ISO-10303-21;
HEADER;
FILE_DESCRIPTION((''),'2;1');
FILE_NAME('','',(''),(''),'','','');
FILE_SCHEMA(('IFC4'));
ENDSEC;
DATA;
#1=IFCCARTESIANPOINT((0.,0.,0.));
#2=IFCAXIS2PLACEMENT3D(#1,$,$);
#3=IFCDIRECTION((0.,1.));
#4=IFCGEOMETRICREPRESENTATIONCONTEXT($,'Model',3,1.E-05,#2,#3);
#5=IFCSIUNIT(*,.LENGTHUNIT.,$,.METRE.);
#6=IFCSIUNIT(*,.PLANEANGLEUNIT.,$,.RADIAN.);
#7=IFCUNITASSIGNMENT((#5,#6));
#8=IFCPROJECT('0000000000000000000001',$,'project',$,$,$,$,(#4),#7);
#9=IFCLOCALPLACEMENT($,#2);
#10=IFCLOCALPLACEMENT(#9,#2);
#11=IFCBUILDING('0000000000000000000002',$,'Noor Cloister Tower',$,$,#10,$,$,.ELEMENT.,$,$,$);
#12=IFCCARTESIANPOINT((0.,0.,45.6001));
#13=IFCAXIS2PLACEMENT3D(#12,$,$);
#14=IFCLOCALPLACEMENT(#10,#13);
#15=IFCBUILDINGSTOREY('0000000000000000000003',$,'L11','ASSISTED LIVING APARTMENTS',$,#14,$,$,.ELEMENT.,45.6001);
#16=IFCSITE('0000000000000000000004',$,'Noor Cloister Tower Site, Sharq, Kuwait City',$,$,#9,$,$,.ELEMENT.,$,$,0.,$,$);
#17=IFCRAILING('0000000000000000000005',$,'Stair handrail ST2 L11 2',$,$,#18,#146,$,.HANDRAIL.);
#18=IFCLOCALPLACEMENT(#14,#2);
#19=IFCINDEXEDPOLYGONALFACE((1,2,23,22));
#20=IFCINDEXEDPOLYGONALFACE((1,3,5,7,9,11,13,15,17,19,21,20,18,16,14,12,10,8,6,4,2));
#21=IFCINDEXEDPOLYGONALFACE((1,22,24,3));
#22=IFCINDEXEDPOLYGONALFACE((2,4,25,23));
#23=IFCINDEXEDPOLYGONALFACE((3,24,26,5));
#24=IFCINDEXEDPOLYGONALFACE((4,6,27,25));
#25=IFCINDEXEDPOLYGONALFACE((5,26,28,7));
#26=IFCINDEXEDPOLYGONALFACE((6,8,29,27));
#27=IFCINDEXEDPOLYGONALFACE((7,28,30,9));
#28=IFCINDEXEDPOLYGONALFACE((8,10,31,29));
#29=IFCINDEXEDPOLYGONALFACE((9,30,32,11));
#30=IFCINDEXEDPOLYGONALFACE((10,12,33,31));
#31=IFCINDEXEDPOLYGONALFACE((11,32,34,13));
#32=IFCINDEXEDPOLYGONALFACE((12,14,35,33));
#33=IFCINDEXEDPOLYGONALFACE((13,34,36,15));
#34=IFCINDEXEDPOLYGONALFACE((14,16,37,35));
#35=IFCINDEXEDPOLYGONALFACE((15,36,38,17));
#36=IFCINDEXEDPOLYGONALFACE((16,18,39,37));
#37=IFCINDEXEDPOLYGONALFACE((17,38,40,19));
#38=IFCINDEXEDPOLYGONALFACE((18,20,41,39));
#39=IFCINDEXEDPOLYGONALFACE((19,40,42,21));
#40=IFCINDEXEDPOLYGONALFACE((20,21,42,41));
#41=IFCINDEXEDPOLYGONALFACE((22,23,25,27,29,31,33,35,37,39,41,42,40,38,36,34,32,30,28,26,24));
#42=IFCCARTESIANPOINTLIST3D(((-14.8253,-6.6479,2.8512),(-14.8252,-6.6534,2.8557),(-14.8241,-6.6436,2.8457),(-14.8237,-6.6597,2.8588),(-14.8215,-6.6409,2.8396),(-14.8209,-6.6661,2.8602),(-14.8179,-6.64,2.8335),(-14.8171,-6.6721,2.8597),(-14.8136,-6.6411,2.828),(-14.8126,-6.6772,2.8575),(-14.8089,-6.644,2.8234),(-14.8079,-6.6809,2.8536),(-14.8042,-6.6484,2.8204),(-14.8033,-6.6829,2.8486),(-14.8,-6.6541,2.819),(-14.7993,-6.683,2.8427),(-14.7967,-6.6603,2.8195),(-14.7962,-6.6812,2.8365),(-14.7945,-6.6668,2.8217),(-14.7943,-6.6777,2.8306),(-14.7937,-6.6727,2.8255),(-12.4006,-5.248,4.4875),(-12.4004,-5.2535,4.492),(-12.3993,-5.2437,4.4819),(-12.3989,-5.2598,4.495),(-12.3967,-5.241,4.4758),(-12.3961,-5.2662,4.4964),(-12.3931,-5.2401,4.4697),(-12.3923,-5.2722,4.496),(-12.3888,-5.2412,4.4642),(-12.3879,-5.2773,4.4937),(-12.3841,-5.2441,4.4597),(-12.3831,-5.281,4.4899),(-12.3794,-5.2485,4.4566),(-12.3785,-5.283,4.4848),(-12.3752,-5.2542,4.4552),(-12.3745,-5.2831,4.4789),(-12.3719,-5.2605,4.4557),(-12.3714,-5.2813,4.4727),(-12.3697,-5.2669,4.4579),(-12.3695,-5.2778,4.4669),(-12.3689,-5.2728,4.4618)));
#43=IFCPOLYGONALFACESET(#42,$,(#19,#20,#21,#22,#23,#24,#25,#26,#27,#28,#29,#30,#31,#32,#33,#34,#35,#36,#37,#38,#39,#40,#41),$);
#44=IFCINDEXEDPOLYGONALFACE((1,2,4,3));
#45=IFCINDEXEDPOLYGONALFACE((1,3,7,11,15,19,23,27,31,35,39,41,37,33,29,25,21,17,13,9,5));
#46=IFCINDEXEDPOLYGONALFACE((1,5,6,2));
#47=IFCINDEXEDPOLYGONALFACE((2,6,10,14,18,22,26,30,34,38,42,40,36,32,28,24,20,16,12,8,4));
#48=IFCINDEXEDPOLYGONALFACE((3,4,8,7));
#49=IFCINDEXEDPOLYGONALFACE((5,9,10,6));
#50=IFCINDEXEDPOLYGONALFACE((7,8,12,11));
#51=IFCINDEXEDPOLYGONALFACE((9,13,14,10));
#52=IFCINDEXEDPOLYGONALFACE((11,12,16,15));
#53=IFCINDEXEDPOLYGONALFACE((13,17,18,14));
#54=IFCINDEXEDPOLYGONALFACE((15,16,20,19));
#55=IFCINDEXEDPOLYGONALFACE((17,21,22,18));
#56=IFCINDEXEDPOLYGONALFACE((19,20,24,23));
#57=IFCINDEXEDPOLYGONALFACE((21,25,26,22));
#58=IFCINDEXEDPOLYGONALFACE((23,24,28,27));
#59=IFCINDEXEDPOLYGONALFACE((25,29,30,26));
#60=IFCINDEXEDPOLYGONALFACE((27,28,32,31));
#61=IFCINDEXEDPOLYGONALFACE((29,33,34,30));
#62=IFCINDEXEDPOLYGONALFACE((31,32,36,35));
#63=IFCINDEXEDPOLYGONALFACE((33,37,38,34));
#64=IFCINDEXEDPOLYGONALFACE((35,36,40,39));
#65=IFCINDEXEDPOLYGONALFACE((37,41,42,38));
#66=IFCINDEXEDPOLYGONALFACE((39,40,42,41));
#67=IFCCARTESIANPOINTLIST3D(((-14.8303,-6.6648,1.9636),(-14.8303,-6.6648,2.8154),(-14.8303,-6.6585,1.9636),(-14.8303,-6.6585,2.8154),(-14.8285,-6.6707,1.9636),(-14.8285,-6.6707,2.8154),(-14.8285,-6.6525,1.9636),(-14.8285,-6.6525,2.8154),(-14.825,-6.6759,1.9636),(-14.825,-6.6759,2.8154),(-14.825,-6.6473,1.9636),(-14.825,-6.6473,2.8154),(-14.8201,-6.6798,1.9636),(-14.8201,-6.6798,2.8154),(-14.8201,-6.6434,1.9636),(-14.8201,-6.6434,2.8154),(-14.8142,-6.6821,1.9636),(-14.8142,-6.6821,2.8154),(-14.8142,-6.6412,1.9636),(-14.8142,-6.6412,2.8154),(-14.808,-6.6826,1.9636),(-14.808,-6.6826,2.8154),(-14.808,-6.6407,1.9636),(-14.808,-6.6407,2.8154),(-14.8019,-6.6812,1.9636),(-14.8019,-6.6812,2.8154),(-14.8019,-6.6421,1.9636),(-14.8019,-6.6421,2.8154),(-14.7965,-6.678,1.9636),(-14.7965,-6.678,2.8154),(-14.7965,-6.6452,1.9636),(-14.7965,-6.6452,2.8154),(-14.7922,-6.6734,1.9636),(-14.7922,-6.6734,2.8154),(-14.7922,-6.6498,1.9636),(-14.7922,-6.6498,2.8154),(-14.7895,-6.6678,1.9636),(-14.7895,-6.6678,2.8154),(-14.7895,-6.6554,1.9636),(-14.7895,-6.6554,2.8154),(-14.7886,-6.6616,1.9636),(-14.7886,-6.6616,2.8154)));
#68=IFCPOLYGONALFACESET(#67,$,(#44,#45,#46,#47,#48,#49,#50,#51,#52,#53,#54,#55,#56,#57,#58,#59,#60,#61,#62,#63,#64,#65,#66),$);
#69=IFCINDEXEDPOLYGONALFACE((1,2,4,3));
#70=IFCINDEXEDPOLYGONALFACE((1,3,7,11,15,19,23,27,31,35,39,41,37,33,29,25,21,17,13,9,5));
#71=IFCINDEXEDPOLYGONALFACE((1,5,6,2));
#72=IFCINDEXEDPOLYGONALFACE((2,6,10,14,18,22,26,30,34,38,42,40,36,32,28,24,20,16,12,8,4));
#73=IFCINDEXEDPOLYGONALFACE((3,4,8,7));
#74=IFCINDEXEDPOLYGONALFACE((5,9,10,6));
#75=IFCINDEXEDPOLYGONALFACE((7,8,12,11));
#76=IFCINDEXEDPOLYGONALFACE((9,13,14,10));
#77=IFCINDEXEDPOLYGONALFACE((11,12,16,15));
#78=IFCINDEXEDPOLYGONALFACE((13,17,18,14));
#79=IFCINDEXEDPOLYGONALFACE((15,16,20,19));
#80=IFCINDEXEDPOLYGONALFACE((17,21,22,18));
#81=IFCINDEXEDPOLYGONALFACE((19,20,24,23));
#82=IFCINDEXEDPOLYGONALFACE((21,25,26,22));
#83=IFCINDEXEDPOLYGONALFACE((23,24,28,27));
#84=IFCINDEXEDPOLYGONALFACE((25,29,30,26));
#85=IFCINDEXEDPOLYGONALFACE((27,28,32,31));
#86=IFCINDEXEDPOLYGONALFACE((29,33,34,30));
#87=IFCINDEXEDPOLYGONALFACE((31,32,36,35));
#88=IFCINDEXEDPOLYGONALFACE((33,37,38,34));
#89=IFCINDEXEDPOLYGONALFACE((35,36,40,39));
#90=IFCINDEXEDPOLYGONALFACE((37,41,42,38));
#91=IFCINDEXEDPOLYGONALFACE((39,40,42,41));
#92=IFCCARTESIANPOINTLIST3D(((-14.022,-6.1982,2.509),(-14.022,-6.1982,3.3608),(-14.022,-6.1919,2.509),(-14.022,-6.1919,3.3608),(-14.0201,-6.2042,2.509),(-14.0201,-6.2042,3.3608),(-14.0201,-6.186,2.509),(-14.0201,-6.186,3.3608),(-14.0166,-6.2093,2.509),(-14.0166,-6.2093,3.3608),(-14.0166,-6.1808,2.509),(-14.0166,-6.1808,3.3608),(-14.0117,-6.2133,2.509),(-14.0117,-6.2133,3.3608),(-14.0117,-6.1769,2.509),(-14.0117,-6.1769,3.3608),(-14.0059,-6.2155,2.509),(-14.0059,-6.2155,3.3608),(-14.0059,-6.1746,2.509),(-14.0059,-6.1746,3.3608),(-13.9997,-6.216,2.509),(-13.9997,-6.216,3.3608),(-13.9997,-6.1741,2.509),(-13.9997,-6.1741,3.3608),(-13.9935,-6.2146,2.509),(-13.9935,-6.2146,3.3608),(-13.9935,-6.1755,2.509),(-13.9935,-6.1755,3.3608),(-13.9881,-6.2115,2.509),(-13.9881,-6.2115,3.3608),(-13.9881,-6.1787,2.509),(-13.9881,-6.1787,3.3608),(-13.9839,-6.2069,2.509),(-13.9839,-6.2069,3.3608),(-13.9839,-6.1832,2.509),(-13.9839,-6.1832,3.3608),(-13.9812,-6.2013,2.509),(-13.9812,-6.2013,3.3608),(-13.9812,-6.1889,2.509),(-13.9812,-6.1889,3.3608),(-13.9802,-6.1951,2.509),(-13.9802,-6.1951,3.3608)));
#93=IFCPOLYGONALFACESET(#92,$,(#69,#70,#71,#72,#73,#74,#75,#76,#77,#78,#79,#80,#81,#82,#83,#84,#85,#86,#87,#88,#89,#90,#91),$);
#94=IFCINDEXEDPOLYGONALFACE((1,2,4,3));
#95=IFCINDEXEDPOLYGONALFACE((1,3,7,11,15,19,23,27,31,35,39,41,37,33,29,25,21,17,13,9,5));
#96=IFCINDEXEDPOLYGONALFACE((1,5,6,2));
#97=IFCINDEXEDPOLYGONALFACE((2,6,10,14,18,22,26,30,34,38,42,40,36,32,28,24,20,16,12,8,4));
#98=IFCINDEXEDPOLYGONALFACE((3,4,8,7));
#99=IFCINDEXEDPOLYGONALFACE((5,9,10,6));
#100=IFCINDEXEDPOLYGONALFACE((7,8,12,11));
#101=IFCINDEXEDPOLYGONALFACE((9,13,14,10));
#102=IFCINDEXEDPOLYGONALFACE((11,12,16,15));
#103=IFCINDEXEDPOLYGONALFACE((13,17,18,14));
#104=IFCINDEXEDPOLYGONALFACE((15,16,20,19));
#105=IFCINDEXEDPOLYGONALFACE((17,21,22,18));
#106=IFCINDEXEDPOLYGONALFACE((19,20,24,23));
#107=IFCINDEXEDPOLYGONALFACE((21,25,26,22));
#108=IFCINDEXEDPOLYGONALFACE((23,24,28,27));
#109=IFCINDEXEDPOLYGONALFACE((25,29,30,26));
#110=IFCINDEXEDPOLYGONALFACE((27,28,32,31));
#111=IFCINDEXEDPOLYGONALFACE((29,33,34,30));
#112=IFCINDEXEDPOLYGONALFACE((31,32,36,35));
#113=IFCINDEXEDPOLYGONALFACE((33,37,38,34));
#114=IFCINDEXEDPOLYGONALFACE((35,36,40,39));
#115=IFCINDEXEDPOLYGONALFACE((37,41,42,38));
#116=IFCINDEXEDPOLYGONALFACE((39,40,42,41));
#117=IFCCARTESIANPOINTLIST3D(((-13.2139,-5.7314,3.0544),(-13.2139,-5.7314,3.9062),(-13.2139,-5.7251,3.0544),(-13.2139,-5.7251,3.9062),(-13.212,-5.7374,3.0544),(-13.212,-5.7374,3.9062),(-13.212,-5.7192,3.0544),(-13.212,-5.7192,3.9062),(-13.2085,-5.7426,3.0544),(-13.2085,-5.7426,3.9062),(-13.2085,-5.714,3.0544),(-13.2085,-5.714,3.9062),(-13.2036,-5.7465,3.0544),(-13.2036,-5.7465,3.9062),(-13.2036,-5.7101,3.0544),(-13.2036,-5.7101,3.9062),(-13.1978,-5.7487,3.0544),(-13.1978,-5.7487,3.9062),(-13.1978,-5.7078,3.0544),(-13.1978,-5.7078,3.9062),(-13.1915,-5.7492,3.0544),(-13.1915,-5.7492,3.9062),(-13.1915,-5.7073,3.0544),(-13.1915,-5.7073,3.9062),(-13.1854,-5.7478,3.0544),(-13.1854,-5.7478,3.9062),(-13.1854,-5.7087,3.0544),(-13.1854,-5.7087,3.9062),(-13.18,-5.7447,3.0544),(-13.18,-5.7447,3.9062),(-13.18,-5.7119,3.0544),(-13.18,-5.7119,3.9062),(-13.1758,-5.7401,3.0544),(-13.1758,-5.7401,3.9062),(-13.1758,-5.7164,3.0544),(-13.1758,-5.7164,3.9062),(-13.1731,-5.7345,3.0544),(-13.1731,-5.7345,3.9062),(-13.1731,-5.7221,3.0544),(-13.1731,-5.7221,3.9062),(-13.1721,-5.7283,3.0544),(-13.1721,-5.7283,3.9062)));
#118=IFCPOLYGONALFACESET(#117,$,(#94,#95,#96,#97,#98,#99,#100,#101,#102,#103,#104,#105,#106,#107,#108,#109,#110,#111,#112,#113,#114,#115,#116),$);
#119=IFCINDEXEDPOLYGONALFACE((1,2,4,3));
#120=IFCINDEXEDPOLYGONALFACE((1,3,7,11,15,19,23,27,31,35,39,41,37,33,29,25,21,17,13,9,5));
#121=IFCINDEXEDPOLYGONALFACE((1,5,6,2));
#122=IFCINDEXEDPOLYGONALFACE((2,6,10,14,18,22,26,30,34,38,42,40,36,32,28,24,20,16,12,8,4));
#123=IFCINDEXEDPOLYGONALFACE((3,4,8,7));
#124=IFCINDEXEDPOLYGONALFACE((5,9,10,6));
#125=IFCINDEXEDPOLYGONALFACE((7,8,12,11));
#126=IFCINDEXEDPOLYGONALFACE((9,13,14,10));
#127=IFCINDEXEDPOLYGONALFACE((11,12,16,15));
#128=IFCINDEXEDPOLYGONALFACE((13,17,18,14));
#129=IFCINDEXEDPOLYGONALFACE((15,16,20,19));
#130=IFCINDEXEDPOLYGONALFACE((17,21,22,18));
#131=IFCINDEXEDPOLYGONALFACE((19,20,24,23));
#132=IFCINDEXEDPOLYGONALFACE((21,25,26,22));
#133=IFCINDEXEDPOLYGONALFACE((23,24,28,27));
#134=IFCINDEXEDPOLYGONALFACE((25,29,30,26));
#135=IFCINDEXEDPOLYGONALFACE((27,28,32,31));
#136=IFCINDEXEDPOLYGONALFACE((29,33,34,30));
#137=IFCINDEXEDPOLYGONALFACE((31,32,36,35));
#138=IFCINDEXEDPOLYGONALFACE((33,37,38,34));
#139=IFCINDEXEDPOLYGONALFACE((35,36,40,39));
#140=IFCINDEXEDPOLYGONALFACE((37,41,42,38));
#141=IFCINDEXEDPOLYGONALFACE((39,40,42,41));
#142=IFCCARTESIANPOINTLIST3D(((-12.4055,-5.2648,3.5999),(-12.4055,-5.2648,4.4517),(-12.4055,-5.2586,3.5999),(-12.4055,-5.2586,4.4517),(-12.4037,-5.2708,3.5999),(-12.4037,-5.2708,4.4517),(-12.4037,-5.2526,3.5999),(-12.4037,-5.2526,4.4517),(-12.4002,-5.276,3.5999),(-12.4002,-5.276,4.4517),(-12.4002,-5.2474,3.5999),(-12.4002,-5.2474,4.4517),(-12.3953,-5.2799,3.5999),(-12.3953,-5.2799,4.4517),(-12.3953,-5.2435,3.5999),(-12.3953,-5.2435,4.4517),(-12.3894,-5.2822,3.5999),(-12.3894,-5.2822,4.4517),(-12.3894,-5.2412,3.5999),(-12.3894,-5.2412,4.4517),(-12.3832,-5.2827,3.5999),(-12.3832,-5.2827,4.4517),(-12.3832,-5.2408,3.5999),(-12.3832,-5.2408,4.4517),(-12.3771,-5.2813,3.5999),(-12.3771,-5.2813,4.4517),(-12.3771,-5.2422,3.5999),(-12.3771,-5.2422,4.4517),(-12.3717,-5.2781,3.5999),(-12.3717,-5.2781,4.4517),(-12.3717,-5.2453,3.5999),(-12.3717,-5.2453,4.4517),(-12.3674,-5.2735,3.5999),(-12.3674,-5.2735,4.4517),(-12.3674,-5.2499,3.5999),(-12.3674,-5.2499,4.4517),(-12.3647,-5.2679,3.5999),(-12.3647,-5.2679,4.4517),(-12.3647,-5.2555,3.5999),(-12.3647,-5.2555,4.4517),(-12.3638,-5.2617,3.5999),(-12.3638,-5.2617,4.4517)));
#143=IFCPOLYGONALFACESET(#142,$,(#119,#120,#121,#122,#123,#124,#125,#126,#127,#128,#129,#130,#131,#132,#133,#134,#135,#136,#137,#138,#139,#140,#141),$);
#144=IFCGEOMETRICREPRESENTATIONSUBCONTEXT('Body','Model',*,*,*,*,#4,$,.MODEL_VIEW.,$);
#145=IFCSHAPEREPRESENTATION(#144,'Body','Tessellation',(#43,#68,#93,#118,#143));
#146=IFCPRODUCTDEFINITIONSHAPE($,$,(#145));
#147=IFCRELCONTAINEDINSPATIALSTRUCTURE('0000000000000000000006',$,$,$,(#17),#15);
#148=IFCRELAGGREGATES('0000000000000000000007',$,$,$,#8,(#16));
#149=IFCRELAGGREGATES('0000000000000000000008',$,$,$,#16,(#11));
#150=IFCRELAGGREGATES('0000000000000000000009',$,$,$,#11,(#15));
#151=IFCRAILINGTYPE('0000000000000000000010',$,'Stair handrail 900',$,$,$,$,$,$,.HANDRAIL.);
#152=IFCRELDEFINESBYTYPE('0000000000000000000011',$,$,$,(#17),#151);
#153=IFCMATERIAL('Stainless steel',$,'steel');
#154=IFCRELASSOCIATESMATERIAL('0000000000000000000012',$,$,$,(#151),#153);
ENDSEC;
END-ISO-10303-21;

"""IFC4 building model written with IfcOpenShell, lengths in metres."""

from ifc_helpers import new_model, si_unit, direction, frame, origin, origin_2d, place, context, subcontext, project, spatial, circle, extrude, material, type_object, element, save


model = new_model("IFC4")

# Units and contexts
model_context = context("Model", 3, precision=1e-05, world=origin(), true_north=direction((0.0, 1.0)))
body_context = subcontext(model_context, "Body", "Model", "MODEL_VIEW")
ifc_project = project(units=[si_unit("LENGTHUNIT", "METRE"), si_unit("PLANEANGLEUNIT", "RADIAN")], contexts=[model_context])

# Site, building, storey
site_placement = place(None, origin())
site = spatial("IfcSite", under=ifc_project, at=site_placement, Name="Noor Cloister Tower Site, Sharq, Kuwait City", CompositionType="ELEMENT", RefElevation=0.0)
building_placement = place(site_placement, origin())
building = spatial("IfcBuilding", under=site, at=building_placement, Name="Noor Cloister Tower", CompositionType="ELEMENT")
storey_placement = place(building_placement, frame((0.0, 0.0, 45.6001)))
storey = spatial("IfcBuildingStorey", under=building, at=storey_placement, Name="L11", Description="ASSISTED LIVING APARTMENTS", CompositionType="ELEMENT", Elevation=45.6001)

# Railing
ifc_material_1 = material(Name="Stainless steel", Category="steel")
railing_type = type_object("IfcRailingType", Name="Stair handrail 900", PredefinedType="HANDRAIL", material=ifc_material_1)
railing_1_placement = place(storey_placement, frame((-14.8096, -6.6616, 1.9636)))
element("IfcRailing", 1, at=railing_1_placement, inside=storey, type_object=railing_type, Name="Stair handrail ST2 L11 2", PredefinedType="HANDRAIL", context=body_context, shape_type="SweptSolid", body=[
    extrude(circle(Radius=0.0239, at=origin_2d()), frame((0.0, 0.0, 0.876), z_axis=(0.747718, 0.431677, 0.504552), x_axis=(-0.499984, 0.866035, 0.0)), (0.0, 0.0, 1.0), 3.2429),
    extrude(circle(Radius=0.021, at=origin_2d()), origin(), (0.0, 0.0, 1.0), 0.8518),
    extrude(circle(Radius=0.021, at=origin_2d()), frame((0.8083, 0.4666, 0.5454)), (0.0, 0.0, 1.0), 0.8518),
    extrude(circle(Radius=0.021, at=origin_2d()), frame((1.6165, 0.9333, 1.0908)), (0.0, 0.0, 1.0), 0.8518),
    extrude(circle(Radius=0.021, at=origin_2d()), frame((2.4248, 1.3999, 1.6362)), (0.0, 0.0, 1.0), 0.8518),
])

save(model, "model.ifc")
